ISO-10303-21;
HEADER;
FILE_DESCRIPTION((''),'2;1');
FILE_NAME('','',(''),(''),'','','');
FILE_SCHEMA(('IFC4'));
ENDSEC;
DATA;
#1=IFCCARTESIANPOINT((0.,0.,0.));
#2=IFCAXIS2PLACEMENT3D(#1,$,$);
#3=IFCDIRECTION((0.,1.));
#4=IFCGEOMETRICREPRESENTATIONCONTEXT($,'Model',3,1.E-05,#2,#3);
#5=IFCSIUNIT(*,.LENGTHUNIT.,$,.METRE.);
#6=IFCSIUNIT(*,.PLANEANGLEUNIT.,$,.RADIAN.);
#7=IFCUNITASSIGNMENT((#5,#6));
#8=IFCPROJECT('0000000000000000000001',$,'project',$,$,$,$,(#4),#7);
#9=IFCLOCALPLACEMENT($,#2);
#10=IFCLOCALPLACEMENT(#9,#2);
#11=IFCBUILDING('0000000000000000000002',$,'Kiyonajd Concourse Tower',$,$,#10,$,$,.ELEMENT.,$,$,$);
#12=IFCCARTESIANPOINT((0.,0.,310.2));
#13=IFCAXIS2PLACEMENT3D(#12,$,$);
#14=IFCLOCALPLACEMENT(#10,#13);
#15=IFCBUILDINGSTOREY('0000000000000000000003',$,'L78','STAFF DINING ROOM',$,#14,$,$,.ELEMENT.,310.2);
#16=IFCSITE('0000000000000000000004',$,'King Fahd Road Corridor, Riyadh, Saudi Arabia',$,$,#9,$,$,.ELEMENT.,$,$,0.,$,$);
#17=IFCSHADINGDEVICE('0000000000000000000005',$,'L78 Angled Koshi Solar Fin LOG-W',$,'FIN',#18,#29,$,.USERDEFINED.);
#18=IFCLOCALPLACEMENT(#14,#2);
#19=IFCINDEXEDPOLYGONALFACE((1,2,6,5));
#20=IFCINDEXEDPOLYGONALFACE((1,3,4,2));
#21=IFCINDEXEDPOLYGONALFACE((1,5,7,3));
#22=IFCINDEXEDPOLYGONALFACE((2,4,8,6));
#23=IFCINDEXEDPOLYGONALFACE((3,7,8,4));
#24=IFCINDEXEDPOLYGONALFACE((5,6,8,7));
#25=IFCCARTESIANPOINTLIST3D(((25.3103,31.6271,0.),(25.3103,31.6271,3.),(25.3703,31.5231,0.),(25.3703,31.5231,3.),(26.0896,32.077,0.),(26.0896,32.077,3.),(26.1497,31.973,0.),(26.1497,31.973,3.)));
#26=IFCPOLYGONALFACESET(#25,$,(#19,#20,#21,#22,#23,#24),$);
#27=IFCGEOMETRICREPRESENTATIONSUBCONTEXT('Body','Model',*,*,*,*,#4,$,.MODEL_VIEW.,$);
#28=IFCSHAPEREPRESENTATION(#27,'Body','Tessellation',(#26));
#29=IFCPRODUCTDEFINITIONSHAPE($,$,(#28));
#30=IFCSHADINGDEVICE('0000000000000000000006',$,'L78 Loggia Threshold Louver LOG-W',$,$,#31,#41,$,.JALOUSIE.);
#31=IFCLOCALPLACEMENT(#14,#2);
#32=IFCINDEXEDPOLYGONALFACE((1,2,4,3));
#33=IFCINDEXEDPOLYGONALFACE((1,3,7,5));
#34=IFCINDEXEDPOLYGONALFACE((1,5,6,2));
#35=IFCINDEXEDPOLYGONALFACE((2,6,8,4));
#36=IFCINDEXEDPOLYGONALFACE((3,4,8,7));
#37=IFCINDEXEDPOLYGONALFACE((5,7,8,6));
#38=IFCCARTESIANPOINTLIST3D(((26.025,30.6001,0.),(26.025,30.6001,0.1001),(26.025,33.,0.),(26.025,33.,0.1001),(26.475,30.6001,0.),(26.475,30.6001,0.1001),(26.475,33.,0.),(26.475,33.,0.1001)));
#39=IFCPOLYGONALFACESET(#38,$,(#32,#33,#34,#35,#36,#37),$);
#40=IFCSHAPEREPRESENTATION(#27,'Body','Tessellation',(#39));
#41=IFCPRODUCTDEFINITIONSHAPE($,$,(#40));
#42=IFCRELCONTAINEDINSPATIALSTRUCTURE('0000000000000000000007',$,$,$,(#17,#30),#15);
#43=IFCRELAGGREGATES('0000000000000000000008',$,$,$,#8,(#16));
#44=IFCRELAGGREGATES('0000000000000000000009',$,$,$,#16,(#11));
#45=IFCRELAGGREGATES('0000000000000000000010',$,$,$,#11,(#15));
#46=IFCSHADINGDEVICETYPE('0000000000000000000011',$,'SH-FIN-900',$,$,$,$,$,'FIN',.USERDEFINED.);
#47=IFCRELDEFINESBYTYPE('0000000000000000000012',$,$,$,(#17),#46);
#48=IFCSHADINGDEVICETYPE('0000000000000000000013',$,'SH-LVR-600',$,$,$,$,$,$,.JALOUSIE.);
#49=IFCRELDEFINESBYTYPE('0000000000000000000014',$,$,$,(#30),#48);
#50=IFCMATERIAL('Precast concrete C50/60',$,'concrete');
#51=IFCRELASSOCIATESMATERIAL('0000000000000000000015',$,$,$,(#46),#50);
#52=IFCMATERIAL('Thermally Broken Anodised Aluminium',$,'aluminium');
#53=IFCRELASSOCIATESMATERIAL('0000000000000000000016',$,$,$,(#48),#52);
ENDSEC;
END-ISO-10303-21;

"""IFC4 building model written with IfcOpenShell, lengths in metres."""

from ifc_helpers import new_model, si_unit, direction, frame, origin, origin_2d, place, context, subcontext, project, spatial, rectangle, extrude, material, type_object, element, save


model = new_model("IFC4")

# Units and contexts
model_context = context("Model", 3, precision=1e-05, world=origin(), true_north=direction((0.0, 1.0)))
body_context = subcontext(model_context, "Body", "Model", "MODEL_VIEW")
ifc_project = project(units=[si_unit("LENGTHUNIT", "METRE"), si_unit("PLANEANGLEUNIT", "RADIAN")], contexts=[model_context])

# Site, building, storey
site_placement = place(None, origin())
site = spatial("IfcSite", under=ifc_project, at=site_placement, Name="King Fahd Road Corridor, Riyadh, Saudi Arabia", CompositionType="ELEMENT", RefElevation=0.0)
building_placement = place(site_placement, origin())
building = spatial("IfcBuilding", under=site, at=building_placement, Name="Kiyonajd Concourse Tower", CompositionType="ELEMENT")
storey_placement = place(building_placement, frame((0.0, 0.0, 310.2)))
storey = spatial("IfcBuildingStorey", under=building, at=storey_placement, Name="L78", Description="STAFF DINING ROOM", CompositionType="ELEMENT", Elevation=310.2)

# Shared definitions
ifc_material_1 = material(Name="Thermally Broken Anodised Aluminium", Category="aluminium")

# Shared definitions
ifc_material_2 = material(Name="Precast concrete C50/60", Category="concrete")

# Shading devices
shading_device_type_1 = type_object("IfcShadingDeviceType", Name="SH-FIN-900", ElementType="FIN", PredefinedType="USERDEFINED", material=ifc_material_2)
shading_device_1_placement = place(storey_placement, frame((25.73, 31.8, 0.0), z_axis=(0.0, 0.0, 1.0), x_axis=(0.866025, 0.5, 0.0)))
element("IfcShadingDevice", 1, at=shading_device_1_placement, inside=storey, type_object=shading_device_type_1, Name="L78 Angled Koshi Solar Fin LOG-W", ObjectType="FIN", PredefinedType="USERDEFINED", context=body_context, shape_type="SweptSolid", body=[
    extrude(rectangle(XDim=0.8999, YDim=0.1201, at=origin_2d()), origin(), (0.0, 0.0, 1.0), 3.0),
])
shading_device_type_2 = type_object("IfcShadingDeviceType", Name="SH-LVR-600", PredefinedType="JALOUSIE", material=ifc_material_1)
shading_device_2_placement = place(storey_placement, frame((26.25, 31.8, 0.0), z_axis=(0.0, 0.0, 1.0), x_axis=(0.0, 1.0, 0.0)))
element("IfcShadingDevice", 2, at=shading_device_2_placement, inside=storey, type_object=shading_device_type_2, Name="L78 Loggia Threshold Louver LOG-W", PredefinedType="JALOUSIE", context=body_context, shape_type="SweptSolid", body=[
    extrude(rectangle(XDim=2.3999, YDim=0.45, at=origin_2d()), origin(), (0.0, 0.0, 1.0), 0.1001),
])

save(model, "model.ifc")
